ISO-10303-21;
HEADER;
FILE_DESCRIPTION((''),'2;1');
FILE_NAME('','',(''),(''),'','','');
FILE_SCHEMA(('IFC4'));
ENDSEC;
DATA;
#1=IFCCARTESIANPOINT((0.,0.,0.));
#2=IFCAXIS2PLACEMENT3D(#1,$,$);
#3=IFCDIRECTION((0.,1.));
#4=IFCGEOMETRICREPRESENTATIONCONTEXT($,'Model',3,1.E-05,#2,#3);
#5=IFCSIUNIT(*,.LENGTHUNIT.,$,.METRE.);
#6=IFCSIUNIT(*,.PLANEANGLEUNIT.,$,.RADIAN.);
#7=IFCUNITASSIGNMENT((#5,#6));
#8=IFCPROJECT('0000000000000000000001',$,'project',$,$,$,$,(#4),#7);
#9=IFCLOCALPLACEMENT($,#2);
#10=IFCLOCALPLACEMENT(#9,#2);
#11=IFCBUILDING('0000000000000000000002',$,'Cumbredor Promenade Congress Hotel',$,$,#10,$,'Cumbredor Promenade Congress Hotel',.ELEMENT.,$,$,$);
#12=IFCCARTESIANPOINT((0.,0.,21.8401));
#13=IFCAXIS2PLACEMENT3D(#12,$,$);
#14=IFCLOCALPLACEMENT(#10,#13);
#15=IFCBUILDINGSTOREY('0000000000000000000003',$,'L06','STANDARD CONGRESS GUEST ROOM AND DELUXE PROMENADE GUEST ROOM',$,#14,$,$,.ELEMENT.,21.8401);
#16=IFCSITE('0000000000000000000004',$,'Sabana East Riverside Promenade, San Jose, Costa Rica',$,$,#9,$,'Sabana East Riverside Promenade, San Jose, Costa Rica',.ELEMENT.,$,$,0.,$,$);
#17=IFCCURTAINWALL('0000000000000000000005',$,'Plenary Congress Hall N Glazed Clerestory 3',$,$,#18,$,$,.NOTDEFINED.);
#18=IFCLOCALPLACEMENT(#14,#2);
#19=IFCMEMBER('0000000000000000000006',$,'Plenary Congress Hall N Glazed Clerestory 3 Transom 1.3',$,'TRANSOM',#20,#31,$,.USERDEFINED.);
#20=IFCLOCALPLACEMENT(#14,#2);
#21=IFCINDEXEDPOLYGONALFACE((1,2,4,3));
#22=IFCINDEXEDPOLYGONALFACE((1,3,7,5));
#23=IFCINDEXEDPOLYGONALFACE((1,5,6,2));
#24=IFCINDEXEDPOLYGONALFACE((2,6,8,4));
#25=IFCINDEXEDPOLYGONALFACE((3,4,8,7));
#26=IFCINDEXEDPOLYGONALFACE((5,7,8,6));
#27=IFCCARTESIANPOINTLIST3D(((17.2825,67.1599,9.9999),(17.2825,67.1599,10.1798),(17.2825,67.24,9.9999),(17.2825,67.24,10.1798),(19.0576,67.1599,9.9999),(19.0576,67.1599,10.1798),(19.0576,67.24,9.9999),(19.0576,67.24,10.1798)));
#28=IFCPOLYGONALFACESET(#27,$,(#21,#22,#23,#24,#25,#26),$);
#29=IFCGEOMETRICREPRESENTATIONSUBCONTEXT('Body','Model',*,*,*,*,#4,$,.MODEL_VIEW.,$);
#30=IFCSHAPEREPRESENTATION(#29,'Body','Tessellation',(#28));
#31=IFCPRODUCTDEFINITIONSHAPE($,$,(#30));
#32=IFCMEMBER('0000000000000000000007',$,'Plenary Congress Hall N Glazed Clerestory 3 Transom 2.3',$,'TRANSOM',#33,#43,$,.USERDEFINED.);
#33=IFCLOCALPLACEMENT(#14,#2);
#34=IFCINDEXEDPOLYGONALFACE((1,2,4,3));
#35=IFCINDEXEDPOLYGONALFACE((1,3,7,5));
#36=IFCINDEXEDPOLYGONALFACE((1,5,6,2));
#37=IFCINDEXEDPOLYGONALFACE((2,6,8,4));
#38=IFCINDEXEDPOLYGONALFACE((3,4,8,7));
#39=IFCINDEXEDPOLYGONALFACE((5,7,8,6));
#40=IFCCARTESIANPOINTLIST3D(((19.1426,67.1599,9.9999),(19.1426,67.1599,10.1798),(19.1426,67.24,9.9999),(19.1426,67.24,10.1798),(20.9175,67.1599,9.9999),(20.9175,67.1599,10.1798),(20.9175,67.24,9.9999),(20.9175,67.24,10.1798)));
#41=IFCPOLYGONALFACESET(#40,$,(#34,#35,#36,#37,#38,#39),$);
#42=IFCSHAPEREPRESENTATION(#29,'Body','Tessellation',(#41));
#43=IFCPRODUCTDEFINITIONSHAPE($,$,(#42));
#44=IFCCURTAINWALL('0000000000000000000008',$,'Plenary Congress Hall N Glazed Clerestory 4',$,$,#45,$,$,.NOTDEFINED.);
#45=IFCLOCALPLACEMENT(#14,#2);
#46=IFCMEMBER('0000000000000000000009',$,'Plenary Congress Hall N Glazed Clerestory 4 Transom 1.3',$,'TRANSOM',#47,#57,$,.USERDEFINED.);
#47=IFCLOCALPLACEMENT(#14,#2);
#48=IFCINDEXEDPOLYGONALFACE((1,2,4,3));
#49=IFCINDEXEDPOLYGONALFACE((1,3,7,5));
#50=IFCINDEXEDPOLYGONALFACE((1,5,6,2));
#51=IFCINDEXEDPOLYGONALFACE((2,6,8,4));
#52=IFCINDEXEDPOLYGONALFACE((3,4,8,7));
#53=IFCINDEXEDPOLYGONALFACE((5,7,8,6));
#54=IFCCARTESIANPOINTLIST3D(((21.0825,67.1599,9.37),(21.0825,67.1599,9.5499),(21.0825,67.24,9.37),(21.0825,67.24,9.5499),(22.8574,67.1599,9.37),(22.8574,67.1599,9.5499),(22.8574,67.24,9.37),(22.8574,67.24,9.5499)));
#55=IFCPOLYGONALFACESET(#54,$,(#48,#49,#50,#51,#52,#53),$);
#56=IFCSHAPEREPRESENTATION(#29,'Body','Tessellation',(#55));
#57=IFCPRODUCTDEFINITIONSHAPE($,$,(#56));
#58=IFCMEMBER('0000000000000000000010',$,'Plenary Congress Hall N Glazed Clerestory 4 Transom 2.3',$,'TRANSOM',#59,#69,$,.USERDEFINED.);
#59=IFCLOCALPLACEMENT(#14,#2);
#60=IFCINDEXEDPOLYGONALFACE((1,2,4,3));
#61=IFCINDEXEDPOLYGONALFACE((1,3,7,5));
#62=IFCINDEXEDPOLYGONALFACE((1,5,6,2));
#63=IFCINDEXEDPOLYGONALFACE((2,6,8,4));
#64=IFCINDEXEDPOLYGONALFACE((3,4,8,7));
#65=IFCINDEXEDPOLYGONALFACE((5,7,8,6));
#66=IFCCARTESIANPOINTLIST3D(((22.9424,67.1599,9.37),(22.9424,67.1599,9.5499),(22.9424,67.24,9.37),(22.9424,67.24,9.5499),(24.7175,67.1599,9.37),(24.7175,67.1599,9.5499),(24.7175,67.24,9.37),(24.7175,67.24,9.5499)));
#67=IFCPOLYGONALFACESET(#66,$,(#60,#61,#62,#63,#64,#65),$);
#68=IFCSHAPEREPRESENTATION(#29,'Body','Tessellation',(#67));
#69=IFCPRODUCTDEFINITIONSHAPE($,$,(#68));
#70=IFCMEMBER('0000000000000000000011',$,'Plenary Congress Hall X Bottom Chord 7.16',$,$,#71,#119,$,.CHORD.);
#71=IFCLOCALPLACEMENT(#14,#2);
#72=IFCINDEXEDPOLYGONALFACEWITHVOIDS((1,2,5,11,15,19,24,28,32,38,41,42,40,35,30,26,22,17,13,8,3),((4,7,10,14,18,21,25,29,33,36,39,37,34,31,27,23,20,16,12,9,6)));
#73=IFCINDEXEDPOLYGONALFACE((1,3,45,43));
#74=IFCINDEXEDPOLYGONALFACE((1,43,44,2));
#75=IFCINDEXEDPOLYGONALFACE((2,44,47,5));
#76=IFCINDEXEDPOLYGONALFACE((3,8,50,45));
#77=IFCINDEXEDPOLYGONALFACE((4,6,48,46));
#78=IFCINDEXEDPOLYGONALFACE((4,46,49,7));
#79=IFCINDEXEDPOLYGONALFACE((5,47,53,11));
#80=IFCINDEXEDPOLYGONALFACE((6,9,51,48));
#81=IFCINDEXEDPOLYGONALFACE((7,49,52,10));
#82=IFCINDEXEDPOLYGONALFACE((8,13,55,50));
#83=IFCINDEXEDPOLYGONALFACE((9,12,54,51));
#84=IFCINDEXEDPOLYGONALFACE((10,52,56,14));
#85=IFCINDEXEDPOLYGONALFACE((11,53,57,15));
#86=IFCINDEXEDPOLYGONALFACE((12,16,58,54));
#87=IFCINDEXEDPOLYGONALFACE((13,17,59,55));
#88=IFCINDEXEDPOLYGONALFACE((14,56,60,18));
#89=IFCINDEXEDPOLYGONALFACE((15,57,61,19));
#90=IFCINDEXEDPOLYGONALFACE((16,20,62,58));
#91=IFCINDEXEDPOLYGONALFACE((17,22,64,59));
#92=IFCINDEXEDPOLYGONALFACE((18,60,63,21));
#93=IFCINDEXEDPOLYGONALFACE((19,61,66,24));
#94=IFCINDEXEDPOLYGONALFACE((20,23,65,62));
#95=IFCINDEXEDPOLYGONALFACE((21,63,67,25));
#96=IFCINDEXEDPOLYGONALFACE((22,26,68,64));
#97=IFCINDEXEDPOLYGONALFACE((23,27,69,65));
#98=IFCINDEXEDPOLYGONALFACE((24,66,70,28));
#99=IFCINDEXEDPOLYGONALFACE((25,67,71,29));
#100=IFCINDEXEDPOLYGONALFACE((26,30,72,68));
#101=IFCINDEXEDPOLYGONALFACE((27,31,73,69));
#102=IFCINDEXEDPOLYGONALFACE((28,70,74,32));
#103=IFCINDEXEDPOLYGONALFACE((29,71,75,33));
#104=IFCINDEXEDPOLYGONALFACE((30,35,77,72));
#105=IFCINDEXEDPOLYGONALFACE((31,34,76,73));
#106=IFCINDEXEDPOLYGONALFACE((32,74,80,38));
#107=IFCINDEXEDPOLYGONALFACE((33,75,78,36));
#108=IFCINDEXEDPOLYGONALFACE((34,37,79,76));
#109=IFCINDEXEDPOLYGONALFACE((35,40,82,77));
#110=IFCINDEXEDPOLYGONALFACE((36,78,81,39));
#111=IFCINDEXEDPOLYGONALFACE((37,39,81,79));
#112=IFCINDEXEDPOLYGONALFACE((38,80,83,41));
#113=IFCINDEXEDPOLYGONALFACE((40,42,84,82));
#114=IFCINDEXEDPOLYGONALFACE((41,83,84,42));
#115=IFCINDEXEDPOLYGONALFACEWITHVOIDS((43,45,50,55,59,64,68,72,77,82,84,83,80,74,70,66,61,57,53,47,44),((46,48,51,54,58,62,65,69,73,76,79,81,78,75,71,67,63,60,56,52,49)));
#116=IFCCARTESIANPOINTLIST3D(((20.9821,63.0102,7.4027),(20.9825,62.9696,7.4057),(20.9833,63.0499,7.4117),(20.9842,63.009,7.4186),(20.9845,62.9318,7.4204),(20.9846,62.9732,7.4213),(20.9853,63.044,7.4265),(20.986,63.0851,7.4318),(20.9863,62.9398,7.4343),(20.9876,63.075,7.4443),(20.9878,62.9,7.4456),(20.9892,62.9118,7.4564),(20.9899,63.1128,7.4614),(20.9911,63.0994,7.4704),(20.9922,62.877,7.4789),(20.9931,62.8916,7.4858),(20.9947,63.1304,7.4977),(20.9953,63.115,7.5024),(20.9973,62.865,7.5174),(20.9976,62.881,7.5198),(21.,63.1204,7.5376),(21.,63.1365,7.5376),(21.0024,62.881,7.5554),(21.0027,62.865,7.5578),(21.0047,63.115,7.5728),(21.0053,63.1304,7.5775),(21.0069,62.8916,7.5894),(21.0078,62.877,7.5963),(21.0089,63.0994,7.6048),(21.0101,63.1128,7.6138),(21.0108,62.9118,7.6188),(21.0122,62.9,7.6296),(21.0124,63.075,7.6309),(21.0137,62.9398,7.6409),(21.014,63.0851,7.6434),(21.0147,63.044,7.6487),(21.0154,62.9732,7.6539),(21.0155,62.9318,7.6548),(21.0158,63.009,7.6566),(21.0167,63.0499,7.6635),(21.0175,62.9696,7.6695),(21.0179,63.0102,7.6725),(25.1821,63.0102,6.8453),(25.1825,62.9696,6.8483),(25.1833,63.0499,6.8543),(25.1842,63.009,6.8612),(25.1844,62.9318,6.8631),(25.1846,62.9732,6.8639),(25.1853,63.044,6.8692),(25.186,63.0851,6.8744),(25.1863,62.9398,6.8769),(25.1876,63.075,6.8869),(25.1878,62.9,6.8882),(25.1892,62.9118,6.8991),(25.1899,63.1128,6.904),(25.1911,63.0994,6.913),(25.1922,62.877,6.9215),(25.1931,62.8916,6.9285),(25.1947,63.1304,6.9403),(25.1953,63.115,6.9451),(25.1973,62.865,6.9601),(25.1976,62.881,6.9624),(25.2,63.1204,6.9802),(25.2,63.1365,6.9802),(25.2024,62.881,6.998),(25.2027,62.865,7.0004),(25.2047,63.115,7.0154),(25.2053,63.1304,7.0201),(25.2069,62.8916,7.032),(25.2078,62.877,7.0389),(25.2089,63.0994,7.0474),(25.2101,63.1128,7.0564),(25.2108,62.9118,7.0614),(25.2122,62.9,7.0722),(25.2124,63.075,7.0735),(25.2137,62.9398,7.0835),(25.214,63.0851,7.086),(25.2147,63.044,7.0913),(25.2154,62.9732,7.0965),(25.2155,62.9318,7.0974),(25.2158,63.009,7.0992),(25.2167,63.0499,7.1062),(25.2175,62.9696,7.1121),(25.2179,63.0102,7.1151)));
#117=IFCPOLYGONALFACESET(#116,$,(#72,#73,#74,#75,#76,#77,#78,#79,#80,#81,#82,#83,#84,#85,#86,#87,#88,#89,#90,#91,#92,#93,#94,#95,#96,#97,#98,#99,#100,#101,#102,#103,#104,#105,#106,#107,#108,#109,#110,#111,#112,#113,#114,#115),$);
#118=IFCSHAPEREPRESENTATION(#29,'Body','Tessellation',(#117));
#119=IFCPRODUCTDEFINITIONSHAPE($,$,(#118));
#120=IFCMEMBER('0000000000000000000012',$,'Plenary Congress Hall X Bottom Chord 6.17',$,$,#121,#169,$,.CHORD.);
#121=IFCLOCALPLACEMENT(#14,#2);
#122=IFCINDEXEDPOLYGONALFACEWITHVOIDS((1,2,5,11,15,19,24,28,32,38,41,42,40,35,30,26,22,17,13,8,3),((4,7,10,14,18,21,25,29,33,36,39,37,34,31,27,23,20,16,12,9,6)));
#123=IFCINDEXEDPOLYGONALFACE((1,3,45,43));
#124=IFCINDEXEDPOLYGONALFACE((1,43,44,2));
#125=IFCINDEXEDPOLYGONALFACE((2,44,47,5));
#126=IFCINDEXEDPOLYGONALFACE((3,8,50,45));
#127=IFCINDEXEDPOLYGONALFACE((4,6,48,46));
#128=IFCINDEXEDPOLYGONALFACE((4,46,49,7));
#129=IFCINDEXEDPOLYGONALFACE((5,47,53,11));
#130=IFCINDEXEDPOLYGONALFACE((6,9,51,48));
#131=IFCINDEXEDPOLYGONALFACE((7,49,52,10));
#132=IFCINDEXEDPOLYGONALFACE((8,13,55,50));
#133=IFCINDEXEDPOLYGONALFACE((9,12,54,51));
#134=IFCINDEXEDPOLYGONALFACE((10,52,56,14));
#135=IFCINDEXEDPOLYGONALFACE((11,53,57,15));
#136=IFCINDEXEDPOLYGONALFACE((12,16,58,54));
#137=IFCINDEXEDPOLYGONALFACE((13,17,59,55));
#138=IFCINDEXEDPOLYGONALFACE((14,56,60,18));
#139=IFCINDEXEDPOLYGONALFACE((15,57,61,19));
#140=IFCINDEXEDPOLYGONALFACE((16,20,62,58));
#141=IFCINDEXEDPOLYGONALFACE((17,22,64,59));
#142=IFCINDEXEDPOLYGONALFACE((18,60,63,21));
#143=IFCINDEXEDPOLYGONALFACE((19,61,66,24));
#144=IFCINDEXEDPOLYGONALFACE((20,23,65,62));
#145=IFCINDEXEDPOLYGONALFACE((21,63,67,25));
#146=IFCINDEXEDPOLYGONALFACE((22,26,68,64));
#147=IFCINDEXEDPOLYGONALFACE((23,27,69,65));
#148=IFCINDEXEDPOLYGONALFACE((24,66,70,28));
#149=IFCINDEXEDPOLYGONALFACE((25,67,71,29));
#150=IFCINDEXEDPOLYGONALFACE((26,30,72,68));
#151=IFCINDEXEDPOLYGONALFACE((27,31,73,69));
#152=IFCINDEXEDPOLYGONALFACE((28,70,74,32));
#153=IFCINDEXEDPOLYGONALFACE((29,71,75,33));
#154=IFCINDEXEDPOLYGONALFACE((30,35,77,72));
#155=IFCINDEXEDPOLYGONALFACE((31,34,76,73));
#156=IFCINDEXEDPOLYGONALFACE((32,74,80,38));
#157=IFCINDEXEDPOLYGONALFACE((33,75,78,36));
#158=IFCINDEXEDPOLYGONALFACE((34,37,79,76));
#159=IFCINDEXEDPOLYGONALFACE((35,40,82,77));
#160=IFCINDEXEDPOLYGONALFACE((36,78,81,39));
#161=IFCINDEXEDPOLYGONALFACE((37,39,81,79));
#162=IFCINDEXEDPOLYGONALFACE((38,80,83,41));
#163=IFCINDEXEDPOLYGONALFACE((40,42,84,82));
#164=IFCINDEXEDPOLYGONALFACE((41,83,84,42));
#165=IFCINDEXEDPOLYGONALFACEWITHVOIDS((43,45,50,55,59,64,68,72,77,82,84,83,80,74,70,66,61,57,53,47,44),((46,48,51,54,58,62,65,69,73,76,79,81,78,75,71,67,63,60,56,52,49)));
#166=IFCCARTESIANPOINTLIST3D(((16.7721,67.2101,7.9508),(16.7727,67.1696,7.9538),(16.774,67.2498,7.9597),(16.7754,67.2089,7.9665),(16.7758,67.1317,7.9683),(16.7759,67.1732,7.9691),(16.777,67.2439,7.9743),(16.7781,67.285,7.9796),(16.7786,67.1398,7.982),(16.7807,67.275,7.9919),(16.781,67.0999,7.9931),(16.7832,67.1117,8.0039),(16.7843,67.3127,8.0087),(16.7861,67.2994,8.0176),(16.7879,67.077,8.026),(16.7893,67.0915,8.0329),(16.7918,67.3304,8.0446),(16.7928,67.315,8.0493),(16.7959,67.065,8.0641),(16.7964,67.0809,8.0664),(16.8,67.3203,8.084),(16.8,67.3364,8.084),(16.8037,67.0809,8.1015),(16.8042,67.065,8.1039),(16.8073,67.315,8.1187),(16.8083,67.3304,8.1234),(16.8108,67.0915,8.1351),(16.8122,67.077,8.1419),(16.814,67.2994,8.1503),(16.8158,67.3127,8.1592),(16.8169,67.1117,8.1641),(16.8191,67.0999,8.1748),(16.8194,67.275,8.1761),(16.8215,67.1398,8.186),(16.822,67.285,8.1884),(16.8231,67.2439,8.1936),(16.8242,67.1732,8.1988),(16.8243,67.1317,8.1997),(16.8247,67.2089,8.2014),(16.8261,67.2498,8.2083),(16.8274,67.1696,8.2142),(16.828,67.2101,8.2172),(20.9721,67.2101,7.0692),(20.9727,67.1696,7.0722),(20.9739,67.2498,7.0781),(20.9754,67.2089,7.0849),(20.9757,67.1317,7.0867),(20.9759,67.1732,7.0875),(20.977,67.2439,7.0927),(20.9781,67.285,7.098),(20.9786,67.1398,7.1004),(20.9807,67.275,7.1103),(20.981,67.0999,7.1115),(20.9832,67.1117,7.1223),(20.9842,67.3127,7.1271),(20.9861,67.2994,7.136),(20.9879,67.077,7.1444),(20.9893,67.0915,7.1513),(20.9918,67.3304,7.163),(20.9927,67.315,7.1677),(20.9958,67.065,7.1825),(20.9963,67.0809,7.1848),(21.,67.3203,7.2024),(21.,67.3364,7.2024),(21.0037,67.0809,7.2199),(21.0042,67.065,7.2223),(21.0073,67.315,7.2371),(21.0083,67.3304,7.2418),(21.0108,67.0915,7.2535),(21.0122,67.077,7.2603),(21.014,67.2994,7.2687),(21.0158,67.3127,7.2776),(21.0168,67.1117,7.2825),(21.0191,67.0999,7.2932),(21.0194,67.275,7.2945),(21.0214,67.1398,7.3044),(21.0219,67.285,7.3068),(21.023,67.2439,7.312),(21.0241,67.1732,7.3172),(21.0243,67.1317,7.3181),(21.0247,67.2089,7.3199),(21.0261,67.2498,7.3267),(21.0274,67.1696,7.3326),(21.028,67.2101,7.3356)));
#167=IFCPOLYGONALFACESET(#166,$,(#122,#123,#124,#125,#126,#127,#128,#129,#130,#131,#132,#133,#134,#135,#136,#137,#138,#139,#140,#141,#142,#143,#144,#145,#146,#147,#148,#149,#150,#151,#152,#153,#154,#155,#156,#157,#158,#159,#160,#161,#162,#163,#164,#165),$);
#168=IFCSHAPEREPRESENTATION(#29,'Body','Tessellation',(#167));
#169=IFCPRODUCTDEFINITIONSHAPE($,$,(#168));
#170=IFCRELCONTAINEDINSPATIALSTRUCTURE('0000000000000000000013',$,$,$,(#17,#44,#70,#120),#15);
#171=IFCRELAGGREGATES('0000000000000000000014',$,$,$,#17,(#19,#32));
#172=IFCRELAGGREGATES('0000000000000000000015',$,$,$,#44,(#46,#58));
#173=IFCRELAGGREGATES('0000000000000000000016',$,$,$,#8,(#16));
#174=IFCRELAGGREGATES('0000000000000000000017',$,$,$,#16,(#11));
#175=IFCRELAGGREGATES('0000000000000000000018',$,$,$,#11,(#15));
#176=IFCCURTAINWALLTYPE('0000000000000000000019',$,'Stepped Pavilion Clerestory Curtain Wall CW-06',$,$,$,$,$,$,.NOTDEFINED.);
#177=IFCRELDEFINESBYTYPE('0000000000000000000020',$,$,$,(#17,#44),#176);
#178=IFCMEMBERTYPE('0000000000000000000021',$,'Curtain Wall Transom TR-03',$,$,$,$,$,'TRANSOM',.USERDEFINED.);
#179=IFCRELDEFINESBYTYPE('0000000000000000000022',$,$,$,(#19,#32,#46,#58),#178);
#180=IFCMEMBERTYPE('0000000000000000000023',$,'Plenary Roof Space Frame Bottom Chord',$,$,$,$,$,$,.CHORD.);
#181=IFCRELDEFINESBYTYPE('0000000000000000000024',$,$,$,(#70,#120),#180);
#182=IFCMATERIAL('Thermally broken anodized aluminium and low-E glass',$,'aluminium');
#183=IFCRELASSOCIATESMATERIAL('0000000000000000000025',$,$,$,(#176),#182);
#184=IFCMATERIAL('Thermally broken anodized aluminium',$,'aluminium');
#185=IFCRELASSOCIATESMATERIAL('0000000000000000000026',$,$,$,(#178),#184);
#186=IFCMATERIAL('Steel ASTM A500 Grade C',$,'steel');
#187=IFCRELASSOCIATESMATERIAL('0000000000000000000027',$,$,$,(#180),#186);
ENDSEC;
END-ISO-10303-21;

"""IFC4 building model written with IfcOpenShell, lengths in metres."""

from ifc_helpers import new_model, si_unit, direction, frame, origin, origin_2d, place, context, subcontext, project, spatial, rectangle, hollow_circle, extrude, material, material_profile, profile_set, type_object, element, aggregate, save


model = new_model("IFC4")

# Units and contexts
model_context = context("Model", 3, precision=1e-05, world=origin(), true_north=direction((0.0, 1.0)))
body_context = subcontext(model_context, "Body", "Model", "MODEL_VIEW")
ifc_project = project(units=[si_unit("LENGTHUNIT", "METRE"), si_unit("PLANEANGLEUNIT", "RADIAN")], contexts=[model_context])

# Site, building, storey
site_placement = place(None, origin())
site = spatial("IfcSite", under=ifc_project, at=site_placement, Name="Sabana East Riverside Promenade, San Jose, Costa Rica", LongName="Sabana East Riverside Promenade, San Jose, Costa Rica", CompositionType="ELEMENT", RefElevation=0.0)
building_placement = place(site_placement, origin())
building = spatial("IfcBuilding", under=site, at=building_placement, Name="Cumbredor Promenade Congress Hotel", LongName="Cumbredor Promenade Congress Hotel", CompositionType="ELEMENT")
storey_placement = place(building_placement, frame((0.0, 0.0, 21.8401)))
storey = spatial("IfcBuildingStorey", under=building, at=storey_placement, Name="L06", Description="STANDARD CONGRESS GUEST ROOM AND DELUXE PROMENADE GUEST ROOM", CompositionType="ELEMENT", Elevation=21.8401)

# Curtain walls, members
ifc_material_1 = material(Name="Thermally broken anodized aluminium and low-E glass", Category="aluminium")
curtain_wall_type = type_object("IfcCurtainWallType", Name="Stepped Pavilion Clerestory Curtain Wall CW-06", PredefinedType="NOTDEFINED", material=ifc_material_1)
curtain_wall_1_placement = place(storey_placement, origin())
curtain_wall_1 = element("IfcCurtainWall", 1, at=curtain_wall_1_placement, inside=storey, type_object=curtain_wall_type, Name="Plenary Congress Hall N Glazed Clerestory 3", PredefinedType="NOTDEFINED")
ifc_material_2 = material(Name="Thermally broken anodized aluminium", Category="aluminium")
ifc_material_profile_1 = material_profile(ifc_material_2, rectangle(XDim=0.0801, YDim=0.1799, at=origin_2d()), Name="ALU TRANSOM 80x180")
ifc_profile_set_1 = profile_set([ifc_material_profile_1], Name="Thermally broken anodized aluminium")
member_type_1 = type_object("IfcMemberType", Name="Curtain Wall Transom TR-03", ElementType="TRANSOM", PredefinedType="USERDEFINED", material=ifc_profile_set_1)
member_1_placement = place(storey_placement, frame((17.2825, 67.2, 10.0898), z_axis=(1.0, 0.0, 0.0), x_axis=(0.0, 1.0, 0.0)))
member_1 = element("IfcMember", 2, at=member_1_placement, type_object=member_type_1, Name="Plenary Congress Hall N Glazed Clerestory 3 Transom 1.3", ObjectType="TRANSOM", PredefinedType="USERDEFINED", context=body_context, shape_type="SweptSolid", body=[
    extrude(rectangle(XDim=0.0801, YDim=0.1799, at=origin_2d()), origin(), (0.0, 0.0, 1.0), 1.7751),
])
member_2_placement = place(storey_placement, frame((19.1426, 67.2, 10.0898), z_axis=(1.0, 0.0, 0.0), x_axis=(0.0, 1.0, 0.0)))
member_2 = element("IfcMember", 3, at=member_2_placement, type_object=member_type_1, Name="Plenary Congress Hall N Glazed Clerestory 3 Transom 2.3", ObjectType="TRANSOM", PredefinedType="USERDEFINED", context=body_context, shape_type="SweptSolid", body=[
    extrude(rectangle(XDim=0.0801, YDim=0.1799, at=origin_2d()), origin(), (0.0, 0.0, 1.0), 1.7749),
])
aggregate(curtain_wall_1, [member_1, member_2])
curtain_wall_2_placement = place(storey_placement, origin())
curtain_wall_2 = element("IfcCurtainWall", 4, at=curtain_wall_2_placement, inside=storey, type_object=curtain_wall_type, Name="Plenary Congress Hall N Glazed Clerestory 4", PredefinedType="NOTDEFINED")
member_3_placement = place(storey_placement, frame((21.0825, 67.2, 9.46), z_axis=(1.0, 0.0, 0.0), x_axis=(0.0, 1.0, 0.0)))
member_3 = element("IfcMember", 5, at=member_3_placement, type_object=member_type_1, Name="Plenary Congress Hall N Glazed Clerestory 4 Transom 1.3", ObjectType="TRANSOM", PredefinedType="USERDEFINED", context=body_context, shape_type="SweptSolid", body=[
    extrude(rectangle(XDim=0.0801, YDim=0.1799, at=origin_2d()), origin(), (0.0, 0.0, 1.0), 1.7749),
])
member_4_placement = place(storey_placement, frame((22.9424, 67.2, 9.46), z_axis=(1.0, 0.0, 0.0), x_axis=(0.0, 1.0, 0.0)))
member_4 = element("IfcMember", 6, at=member_4_placement, type_object=member_type_1, Name="Plenary Congress Hall N Glazed Clerestory 4 Transom 2.3", ObjectType="TRANSOM", PredefinedType="USERDEFINED", context=body_context, shape_type="SweptSolid", body=[
    extrude(rectangle(XDim=0.0801, YDim=0.1799, at=origin_2d()), origin(), (0.0, 0.0, 1.0), 1.7751),
])
aggregate(curtain_wall_2, [member_3, member_4])

# Members
ifc_material_3 = material(Name="Steel ASTM A500 Grade C", Category="steel")
ifc_material_profile_2 = material_profile(ifc_material_3, hollow_circle(Radius=0.1365, WallThickness=0.0161, at=origin_2d()), Name="CHS 273.0x16")
ifc_profile_set_2 = profile_set([ifc_material_profile_2], Name="Steel ASTM A500 Grade C")
member_type_2 = type_object("IfcMemberType", Name="Plenary Roof Space Frame Bottom Chord", PredefinedType="CHORD", material=ifc_profile_set_2)
member_5_placement = place(storey_placement, frame((21.0, 63.0, 7.5376), z_axis=(0.991309, 0.0, -0.131556), x_axis=(0.0, 1.0, 0.0)))
element("IfcMember", 7, at=member_5_placement, inside=storey, type_object=member_type_2, Name="Plenary Congress Hall X Bottom Chord 7.16", PredefinedType="CHORD", context=body_context, shape_type="SweptSolid", body=[
    extrude(hollow_circle(Radius=0.1365, WallThickness=0.0161, at=origin_2d()), origin(), (0.0, 0.0, 1.0), 4.2368),
])
member_6_placement = place(storey_placement, frame((16.8, 67.2, 8.084), z_axis=(0.978672, 0.0, -0.205428), x_axis=(0.0, 1.0, 0.0)))
element("IfcMember", 8, at=member_6_placement, inside=storey, type_object=member_type_2, Name="Plenary Congress Hall X Bottom Chord 6.17", PredefinedType="CHORD", context=body_context, shape_type="SweptSolid", body=[
    extrude(hollow_circle(Radius=0.1365, WallThickness=0.0161, at=origin_2d()), origin(), (0.0, 0.0, 1.0), 4.2915),
])

save(model, "model.ifc")
